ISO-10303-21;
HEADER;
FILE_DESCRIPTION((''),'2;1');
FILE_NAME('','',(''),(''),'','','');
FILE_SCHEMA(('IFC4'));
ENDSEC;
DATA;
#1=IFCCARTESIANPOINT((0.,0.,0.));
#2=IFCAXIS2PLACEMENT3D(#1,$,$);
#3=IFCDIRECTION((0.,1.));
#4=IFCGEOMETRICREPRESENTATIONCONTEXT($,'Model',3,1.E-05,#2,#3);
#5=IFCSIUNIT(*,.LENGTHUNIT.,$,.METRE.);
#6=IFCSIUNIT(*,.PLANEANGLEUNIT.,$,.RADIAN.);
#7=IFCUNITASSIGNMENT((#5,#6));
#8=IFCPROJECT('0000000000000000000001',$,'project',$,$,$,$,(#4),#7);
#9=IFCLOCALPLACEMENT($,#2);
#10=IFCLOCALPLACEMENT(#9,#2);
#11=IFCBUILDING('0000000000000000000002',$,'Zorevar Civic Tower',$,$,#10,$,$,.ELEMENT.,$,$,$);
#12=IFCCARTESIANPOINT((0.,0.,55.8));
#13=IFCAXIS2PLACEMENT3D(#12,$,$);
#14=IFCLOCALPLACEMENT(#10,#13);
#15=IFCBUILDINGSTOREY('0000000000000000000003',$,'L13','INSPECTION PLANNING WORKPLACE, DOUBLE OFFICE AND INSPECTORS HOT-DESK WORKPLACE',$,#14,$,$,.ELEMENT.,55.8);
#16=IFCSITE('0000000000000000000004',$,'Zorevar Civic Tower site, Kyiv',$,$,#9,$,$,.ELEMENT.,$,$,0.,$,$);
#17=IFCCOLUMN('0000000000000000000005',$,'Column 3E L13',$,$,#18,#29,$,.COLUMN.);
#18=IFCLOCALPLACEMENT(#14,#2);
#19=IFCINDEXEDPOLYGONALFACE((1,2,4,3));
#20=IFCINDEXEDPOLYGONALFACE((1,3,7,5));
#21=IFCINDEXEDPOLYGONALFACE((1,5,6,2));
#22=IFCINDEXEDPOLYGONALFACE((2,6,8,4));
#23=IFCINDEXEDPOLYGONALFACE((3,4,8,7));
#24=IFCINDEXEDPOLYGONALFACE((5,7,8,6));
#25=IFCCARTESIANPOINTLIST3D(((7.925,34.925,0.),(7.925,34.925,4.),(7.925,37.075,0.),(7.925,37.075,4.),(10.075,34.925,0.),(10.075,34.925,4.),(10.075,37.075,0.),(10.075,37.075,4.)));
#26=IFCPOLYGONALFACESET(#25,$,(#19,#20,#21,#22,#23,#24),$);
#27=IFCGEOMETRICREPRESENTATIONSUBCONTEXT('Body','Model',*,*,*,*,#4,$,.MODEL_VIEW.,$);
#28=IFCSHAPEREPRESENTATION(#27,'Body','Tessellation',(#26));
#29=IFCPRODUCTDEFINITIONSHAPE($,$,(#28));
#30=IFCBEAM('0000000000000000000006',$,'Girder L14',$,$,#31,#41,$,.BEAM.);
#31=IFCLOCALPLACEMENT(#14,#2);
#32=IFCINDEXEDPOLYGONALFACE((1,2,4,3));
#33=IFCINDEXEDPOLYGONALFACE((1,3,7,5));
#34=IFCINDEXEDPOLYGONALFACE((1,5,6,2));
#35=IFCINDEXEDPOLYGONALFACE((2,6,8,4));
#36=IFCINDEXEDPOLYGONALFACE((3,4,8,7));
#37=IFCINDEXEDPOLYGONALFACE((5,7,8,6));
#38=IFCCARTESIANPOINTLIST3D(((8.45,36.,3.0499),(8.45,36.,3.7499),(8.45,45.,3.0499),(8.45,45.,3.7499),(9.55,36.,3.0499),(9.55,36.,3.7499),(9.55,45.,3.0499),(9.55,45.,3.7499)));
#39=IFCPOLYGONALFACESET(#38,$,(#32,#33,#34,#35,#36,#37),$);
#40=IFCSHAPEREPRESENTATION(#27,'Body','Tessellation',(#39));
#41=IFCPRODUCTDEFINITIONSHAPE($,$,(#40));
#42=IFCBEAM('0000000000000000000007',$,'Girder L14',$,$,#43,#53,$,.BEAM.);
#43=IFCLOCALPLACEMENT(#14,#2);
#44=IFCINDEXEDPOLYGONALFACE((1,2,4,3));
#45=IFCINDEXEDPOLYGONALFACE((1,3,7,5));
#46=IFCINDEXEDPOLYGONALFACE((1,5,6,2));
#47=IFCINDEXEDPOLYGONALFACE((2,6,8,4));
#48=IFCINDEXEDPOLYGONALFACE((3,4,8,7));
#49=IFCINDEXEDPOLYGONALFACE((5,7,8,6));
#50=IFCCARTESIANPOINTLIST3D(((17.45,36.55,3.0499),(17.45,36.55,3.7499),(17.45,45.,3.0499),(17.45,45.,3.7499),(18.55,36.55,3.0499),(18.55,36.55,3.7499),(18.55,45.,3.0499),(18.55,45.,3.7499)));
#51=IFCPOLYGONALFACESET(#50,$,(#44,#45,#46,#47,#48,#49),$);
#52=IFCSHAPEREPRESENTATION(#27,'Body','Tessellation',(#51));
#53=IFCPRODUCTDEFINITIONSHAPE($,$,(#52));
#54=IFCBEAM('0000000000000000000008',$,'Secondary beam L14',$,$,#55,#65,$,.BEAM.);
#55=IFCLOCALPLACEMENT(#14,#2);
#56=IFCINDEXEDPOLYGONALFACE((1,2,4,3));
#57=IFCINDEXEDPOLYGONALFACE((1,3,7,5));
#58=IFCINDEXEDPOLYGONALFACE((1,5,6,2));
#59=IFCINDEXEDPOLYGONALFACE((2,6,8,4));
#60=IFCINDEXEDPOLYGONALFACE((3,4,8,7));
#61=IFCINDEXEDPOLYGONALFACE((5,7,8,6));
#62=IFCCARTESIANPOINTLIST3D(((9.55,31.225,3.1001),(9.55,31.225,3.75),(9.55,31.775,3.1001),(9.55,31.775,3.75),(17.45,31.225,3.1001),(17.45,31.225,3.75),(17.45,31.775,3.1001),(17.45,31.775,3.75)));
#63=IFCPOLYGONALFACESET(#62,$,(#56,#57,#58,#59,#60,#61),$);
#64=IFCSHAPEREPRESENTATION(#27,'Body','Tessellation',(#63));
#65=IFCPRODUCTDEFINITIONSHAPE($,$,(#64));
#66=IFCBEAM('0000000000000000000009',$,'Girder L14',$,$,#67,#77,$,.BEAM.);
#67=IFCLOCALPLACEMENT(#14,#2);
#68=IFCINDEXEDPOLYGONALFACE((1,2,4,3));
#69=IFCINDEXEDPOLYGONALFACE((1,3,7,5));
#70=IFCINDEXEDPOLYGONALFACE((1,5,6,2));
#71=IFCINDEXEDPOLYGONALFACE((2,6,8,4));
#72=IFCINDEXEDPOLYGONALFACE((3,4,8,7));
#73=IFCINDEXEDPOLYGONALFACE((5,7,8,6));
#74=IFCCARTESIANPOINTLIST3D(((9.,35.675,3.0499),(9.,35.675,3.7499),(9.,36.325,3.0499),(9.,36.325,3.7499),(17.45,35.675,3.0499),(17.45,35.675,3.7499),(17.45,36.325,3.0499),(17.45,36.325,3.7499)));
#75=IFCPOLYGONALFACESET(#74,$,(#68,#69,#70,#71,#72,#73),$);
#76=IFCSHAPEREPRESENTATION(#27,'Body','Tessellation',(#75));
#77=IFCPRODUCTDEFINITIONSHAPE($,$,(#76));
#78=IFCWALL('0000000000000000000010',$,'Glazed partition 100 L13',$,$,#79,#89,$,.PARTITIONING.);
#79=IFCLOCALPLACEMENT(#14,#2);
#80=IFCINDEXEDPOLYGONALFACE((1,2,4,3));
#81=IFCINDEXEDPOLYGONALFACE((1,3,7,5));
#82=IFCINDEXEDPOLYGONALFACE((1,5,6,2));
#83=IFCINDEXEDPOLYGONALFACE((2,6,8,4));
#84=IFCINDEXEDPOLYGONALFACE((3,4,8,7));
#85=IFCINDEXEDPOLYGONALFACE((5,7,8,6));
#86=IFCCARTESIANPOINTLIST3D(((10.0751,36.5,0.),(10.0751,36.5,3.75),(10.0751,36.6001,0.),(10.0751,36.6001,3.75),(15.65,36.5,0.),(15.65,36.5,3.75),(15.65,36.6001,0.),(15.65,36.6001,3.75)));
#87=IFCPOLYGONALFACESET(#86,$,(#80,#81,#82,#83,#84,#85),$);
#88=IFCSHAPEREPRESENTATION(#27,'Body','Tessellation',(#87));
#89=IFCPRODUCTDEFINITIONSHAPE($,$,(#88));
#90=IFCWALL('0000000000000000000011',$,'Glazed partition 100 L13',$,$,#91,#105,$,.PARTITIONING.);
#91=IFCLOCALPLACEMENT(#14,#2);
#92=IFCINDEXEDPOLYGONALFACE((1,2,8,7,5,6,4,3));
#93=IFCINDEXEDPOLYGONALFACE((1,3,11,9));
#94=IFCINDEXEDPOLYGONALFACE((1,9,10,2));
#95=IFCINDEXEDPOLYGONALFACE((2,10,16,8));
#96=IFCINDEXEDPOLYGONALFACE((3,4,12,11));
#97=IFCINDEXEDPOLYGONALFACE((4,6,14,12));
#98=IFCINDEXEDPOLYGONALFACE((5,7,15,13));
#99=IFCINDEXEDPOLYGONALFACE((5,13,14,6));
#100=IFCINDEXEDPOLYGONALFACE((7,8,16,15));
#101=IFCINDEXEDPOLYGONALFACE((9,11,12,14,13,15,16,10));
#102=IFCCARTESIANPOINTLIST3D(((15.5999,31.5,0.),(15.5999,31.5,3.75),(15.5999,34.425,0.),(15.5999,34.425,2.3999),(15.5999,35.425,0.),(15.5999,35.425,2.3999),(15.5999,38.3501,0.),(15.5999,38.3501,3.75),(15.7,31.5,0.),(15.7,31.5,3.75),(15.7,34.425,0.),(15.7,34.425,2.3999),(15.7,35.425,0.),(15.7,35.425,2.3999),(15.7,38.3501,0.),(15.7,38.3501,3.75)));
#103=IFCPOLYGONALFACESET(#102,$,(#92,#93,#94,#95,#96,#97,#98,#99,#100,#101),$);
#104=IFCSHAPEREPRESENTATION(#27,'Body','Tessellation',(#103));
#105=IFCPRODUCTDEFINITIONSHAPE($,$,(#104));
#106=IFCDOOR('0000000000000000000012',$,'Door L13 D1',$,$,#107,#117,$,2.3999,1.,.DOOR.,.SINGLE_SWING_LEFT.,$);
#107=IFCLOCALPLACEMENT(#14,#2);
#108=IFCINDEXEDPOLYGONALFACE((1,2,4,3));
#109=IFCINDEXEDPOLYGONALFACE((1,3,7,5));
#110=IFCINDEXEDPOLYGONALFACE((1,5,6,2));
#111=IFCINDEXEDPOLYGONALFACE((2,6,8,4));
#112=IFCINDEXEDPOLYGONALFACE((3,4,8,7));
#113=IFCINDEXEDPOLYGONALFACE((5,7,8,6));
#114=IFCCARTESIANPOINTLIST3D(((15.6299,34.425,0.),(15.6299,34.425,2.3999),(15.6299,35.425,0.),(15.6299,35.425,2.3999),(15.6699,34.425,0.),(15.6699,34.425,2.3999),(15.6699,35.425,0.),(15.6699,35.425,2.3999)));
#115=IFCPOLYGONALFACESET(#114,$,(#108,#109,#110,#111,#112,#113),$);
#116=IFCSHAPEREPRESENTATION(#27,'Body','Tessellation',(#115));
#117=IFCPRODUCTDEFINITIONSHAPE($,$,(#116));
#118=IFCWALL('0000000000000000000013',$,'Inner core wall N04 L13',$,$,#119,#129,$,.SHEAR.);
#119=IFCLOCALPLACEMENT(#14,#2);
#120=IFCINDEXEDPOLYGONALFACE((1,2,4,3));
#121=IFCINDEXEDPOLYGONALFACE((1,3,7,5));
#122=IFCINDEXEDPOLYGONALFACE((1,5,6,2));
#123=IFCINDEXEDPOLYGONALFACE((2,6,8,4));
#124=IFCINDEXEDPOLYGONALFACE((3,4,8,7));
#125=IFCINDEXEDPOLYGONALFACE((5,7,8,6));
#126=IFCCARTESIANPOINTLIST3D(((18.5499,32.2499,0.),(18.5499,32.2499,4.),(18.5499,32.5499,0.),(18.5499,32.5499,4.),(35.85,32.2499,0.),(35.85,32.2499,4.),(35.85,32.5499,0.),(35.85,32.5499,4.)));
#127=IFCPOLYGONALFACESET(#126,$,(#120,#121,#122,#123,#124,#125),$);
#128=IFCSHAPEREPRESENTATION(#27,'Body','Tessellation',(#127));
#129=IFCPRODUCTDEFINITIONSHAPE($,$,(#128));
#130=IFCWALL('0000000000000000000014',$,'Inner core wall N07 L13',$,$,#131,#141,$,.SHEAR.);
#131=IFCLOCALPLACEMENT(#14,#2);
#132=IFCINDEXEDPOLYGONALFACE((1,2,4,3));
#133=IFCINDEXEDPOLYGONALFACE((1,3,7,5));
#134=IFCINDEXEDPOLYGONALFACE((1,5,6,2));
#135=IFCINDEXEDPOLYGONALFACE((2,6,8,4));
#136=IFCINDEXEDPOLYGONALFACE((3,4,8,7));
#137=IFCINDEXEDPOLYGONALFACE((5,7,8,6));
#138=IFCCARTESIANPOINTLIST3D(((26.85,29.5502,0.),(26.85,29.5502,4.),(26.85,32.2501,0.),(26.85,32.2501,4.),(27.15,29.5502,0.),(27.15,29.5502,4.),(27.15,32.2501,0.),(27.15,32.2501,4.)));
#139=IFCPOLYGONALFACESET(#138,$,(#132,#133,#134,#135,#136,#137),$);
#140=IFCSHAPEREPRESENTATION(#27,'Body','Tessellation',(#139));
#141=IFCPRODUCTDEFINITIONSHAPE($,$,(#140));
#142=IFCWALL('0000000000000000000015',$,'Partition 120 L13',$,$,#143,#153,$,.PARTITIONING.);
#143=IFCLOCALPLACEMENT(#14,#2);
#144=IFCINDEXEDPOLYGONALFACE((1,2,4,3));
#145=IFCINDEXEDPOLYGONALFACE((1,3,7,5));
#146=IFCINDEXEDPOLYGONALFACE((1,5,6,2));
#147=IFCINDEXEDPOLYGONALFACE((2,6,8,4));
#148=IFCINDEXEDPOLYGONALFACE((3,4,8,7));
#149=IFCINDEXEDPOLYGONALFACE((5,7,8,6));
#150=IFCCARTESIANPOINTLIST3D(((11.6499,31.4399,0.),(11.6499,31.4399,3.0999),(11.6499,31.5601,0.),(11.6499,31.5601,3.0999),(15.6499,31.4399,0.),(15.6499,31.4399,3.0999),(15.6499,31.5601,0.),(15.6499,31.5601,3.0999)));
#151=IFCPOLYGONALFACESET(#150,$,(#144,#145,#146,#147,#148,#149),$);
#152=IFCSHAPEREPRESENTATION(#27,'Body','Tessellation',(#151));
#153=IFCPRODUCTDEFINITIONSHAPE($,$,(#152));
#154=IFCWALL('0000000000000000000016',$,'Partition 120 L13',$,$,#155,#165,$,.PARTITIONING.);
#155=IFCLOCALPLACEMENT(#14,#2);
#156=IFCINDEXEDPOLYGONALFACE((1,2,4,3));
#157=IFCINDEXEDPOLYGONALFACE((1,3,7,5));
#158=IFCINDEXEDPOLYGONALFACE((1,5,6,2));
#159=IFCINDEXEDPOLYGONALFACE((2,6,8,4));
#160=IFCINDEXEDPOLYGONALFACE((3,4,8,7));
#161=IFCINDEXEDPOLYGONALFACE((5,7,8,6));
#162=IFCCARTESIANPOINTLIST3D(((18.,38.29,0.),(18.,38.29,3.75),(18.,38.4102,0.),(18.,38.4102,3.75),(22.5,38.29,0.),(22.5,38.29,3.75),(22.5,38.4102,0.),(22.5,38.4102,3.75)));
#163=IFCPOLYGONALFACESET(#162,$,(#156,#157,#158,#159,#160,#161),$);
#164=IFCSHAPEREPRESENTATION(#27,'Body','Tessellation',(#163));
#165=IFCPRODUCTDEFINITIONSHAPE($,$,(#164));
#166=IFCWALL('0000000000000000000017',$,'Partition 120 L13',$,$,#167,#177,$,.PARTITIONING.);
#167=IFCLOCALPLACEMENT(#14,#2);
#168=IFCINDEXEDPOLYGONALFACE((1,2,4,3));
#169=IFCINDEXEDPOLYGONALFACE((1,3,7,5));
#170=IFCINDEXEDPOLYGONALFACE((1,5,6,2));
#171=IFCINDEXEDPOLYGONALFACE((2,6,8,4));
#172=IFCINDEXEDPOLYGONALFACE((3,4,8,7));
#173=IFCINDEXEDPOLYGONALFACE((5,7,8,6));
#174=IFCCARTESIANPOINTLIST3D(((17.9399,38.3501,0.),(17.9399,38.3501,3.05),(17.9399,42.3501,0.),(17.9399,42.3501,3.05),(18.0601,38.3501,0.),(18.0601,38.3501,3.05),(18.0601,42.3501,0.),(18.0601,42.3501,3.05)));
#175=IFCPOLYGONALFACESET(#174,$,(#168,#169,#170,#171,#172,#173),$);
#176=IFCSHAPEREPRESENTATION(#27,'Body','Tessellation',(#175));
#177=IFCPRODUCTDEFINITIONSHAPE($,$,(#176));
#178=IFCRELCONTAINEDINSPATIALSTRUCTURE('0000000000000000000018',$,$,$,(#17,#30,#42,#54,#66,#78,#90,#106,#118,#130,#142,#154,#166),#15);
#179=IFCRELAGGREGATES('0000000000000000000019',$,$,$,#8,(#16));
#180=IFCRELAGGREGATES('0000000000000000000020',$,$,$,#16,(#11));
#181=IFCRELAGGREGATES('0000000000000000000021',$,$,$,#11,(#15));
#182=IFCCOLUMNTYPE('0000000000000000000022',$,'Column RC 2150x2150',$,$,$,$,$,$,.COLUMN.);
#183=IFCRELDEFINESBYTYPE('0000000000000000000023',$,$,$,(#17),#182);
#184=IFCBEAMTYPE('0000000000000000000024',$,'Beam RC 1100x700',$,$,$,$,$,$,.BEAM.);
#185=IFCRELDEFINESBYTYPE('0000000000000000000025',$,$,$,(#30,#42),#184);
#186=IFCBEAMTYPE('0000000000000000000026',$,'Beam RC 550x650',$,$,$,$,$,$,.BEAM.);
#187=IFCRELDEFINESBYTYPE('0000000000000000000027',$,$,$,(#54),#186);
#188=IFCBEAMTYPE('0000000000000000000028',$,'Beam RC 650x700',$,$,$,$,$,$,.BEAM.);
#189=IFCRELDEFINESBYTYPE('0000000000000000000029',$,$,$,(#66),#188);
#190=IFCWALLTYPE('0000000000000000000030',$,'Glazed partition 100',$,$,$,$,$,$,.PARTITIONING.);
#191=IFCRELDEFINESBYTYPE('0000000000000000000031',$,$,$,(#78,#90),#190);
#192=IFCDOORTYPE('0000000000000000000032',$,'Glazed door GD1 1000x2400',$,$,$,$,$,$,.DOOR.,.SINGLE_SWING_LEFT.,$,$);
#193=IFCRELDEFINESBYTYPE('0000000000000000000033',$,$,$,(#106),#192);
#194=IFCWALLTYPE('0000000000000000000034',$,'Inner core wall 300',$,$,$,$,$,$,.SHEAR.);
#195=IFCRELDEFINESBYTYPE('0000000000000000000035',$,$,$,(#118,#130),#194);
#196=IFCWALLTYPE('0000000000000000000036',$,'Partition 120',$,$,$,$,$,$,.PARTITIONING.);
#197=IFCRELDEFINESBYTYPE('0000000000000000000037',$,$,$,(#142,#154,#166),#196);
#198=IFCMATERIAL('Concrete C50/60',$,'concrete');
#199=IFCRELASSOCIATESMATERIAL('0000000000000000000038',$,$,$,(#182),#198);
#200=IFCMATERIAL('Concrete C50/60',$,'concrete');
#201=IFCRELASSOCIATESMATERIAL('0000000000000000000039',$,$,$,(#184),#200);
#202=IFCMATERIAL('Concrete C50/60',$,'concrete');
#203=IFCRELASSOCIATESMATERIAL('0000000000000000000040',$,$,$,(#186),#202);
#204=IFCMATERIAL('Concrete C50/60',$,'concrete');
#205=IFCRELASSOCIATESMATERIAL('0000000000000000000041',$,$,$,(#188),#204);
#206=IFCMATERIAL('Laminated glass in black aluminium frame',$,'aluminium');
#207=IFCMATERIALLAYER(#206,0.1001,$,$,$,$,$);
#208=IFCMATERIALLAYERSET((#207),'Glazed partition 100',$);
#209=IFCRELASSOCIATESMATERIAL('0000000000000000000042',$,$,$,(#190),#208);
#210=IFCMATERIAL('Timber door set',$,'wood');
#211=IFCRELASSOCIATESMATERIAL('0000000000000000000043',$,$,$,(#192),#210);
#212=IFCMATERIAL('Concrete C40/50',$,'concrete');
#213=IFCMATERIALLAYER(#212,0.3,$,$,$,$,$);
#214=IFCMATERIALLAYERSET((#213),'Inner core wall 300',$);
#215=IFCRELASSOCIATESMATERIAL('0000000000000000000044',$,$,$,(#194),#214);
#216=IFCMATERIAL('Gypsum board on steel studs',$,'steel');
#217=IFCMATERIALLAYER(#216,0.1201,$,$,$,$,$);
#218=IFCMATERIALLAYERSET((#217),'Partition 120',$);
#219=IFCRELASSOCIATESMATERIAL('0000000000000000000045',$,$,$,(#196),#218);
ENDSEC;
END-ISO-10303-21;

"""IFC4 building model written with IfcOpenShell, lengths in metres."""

from ifc_helpers import new_model, si_unit, direction, frame, frame_2d, origin, origin_2d, place, context, subcontext, project, spatial, rectangle, extrude, material, layer, layer_set, material_profile, profile_set, type_object, element, fill, save


model = new_model("IFC4")

# Units and contexts
model_context = context("Model", 3, precision=1e-05, world=origin(), true_north=direction((0.0, 1.0)))
body_context = subcontext(model_context, "Body", "Model", "MODEL_VIEW")
ifc_project = project(units=[si_unit("LENGTHUNIT", "METRE"), si_unit("PLANEANGLEUNIT", "RADIAN")], contexts=[model_context])

# Site, building, storey
site_placement = place(None, origin())
site = spatial("IfcSite", under=ifc_project, at=site_placement, Name="Zorevar Civic Tower site, Kyiv", CompositionType="ELEMENT", RefElevation=0.0)
building_placement = place(site_placement, origin())
building = spatial("IfcBuilding", under=site, at=building_placement, Name="Zorevar Civic Tower", CompositionType="ELEMENT")
storey_placement = place(building_placement, frame((0.0, 0.0, 55.8)))
storey = spatial("IfcBuildingStorey", under=building, at=storey_placement, Name="L13", Description="INSPECTION PLANNING WORKPLACE, DOUBLE OFFICE AND INSPECTORS HOT-DESK WORKPLACE", CompositionType="ELEMENT", Elevation=55.8)

# Column
ifc_material_1 = material(Name="Concrete C50/60", Category="concrete")
ifc_material_profile_1 = material_profile(ifc_material_1, rectangle(XDim=2.1499, YDim=2.1499, at=origin_2d()), Name="RC 2150x2150")
ifc_profile_set_1 = profile_set([ifc_material_profile_1], Name="Concrete C50/60")
column_type = type_object("IfcColumnType", Name="Column RC 2150x2150", PredefinedType="COLUMN", material=ifc_profile_set_1)
column_placement = place(storey_placement, frame((9.0, 36.0, 0.0), z_axis=(0.0, 0.0, 1.0), x_axis=(1.0, 0.0, 0.0)))
element("IfcColumn", 1, at=column_placement, inside=storey, type_object=column_type, Name="Column 3E L13", PredefinedType="COLUMN", context=body_context, shape_type="SweptSolid", body=[
    extrude(rectangle(XDim=2.1499, YDim=2.1499, at=origin_2d()), origin(), (0.0, 0.0, 1.0), 4.0),
])

# Beams
ifc_material_2 = material(Name="Concrete C50/60", Category="concrete")
ifc_material_profile_2 = material_profile(ifc_material_2, rectangle(XDim=1.1001, YDim=0.7, at=origin_2d()), Name="RC 1100x700")
ifc_profile_set_2 = profile_set([ifc_material_profile_2], Name="Concrete C50/60")
beam_type_1 = type_object("IfcBeamType", Name="Beam RC 1100x700", PredefinedType="BEAM", material=ifc_profile_set_2)
beam_1_placement = place(storey_placement, frame((9.0, 36.0, 3.3999), z_axis=(0.0, 1.0, 0.0), x_axis=(-1.0, 0.0, 0.0)))
element("IfcBeam", 2, at=beam_1_placement, inside=storey, type_object=beam_type_1, Name="Girder L14", PredefinedType="BEAM", context=body_context, shape_type="SweptSolid", body=[
    extrude(rectangle(XDim=1.1001, YDim=0.7, at=origin_2d()), origin(), (0.0, 0.0, 1.0), 9.0),
])
beam_2_placement = place(storey_placement, frame((18.0, 36.55, 3.3999), z_axis=(0.0, 1.0, 0.0), x_axis=(-1.0, 0.0, 0.0)))
element("IfcBeam", 3, at=beam_2_placement, inside=storey, type_object=beam_type_1, Name="Girder L14", PredefinedType="BEAM", context=body_context, shape_type="SweptSolid", body=[
    extrude(rectangle(XDim=1.1001, YDim=0.7, at=origin_2d()), origin(), (0.0, 0.0, 1.0), 8.45),
])
ifc_material_3 = material(Name="Concrete C50/60", Category="concrete")
ifc_material_profile_3 = material_profile(ifc_material_3, rectangle(XDim=0.55, YDim=0.6499, at=origin_2d()), Name="RC 550x650")
ifc_profile_set_3 = profile_set([ifc_material_profile_3], Name="Concrete C50/60")
beam_type_2 = type_object("IfcBeamType", Name="Beam RC 550x650", PredefinedType="BEAM", material=ifc_profile_set_3)
beam_3_placement = place(storey_placement, frame((9.55, 31.5, 3.425), z_axis=(1.0, 0.0, 0.0), x_axis=(0.0, 1.0, 0.0)))
element("IfcBeam", 4, at=beam_3_placement, inside=storey, type_object=beam_type_2, Name="Secondary beam L14", PredefinedType="BEAM", context=body_context, shape_type="SweptSolid", body=[
    extrude(rectangle(XDim=0.55, YDim=0.6499, at=origin_2d()), origin(), (0.0, 0.0, 1.0), 7.8999),
])
ifc_material_4 = material(Name="Concrete C50/60", Category="concrete")
ifc_material_profile_4 = material_profile(ifc_material_4, rectangle(XDim=0.6499, YDim=0.7, at=origin_2d()), Name="RC 650x700")
ifc_profile_set_4 = profile_set([ifc_material_profile_4], Name="Concrete C50/60")
beam_type_3 = type_object("IfcBeamType", Name="Beam RC 650x700", PredefinedType="BEAM", material=ifc_profile_set_4)
beam_4_placement = place(storey_placement, frame((9.0, 36.0, 3.3999), z_axis=(1.0, 0.0, 0.0), x_axis=(0.0, 1.0, 0.0)))
element("IfcBeam", 5, at=beam_4_placement, inside=storey, type_object=beam_type_3, Name="Girder L14", PredefinedType="BEAM", context=body_context, shape_type="SweptSolid", body=[
    extrude(rectangle(XDim=0.6499, YDim=0.7, at=origin_2d()), origin(), (0.0, 0.0, 1.0), 8.45),
])

# Wall
ifc_material_5 = material(Name="Laminated glass in black aluminium frame", Category="aluminium")
ifc_layer_1 = layer(ifc_material_5, 0.1001)
ifc_layer_set_1 = layer_set([ifc_layer_1], Name="Glazed partition 100")
wall_type_1 = type_object("IfcWallType", Name="Glazed partition 100", PredefinedType="PARTITIONING", material=ifc_layer_set_1)
wall_1_placement = place(storey_placement, frame((10.075, 36.55, 0.0), z_axis=(0.0, 0.0, 1.0), x_axis=(1.0, 0.0, 0.0)))
element("IfcWall", 6, at=wall_1_placement, inside=storey, type_object=wall_type_1, Name="Glazed partition 100 L13", PredefinedType="PARTITIONING", context=body_context, shape_type="SweptSolid", body=[
    extrude(rectangle(XDim=5.575, YDim=0.1001, at=frame_2d((2.7876, 0.0))), origin(), (0.0, 0.0, 1.0), 3.75),
])

# Wall, opening, door
ifc_material_6 = material(Name="Timber door set", Category="wood")
door_type_1 = type_object("IfcDoorType", Name="Glazed door GD1 1000x2400", OperationType="SINGLE_SWING_LEFT", PredefinedType="DOOR", material=ifc_material_6)
wall_2_placement = place(storey_placement, frame((15.6499, 31.5, 0.0), z_axis=(0.0, 0.0, 1.0), x_axis=(0.0, 1.0, 0.0)))
wall_2 = element("IfcWall", 7, at=wall_2_placement, inside=storey, type_object=wall_type_1, Name="Glazed partition 100 L13", PredefinedType="PARTITIONING", context=body_context, shape_type="SweptSolid", body=[
    extrude(rectangle(XDim=6.8501, YDim=0.1001, at=frame_2d((3.425, 0.0))), origin(), (0.0, 0.0, 1.0), 3.75),
])
opening_1_placement = place(wall_2_placement, frame((2.925, 0.0, 0.0)))
opening_1 = element("IfcOpeningElement", 8, at=opening_1_placement, cuts=wall_2, PredefinedType="OPENING", context=body_context, shape_type="SweptSolid", body=[
    extrude(rectangle(XDim=1.0, YDim=2.3999, at=frame_2d((0.5, 1.2))), frame((0.0, 0.0601, 0.0), z_axis=(0.0, -1.0, 0.0), x_axis=(1.0, 0.0, 0.0)), (0.0, 0.0, 1.0), 0.1201),
])
door_1_placement = place(opening_1_placement, origin())
door_1 = element("IfcDoor", 9, at=door_1_placement, inside=storey, type_object=door_type_1, Name="Door L13 D1", OperationType="SINGLE_SWING_LEFT", OverallHeight=2.3999, OverallWidth=1.0, PredefinedType="DOOR", context=body_context, shape_type="SweptSolid", body=[
    extrude(rectangle(XDim=1.0, YDim=2.3999, at=frame_2d((0.5, 1.2))), frame((0.0, 0.02, 0.0), z_axis=(0.0, -1.0, 0.0), x_axis=(1.0, 0.0, 0.0)), (0.0, 0.0, 1.0), 0.04),
])
fill(opening_1, door_1)

# Walls
ifc_material_7 = material(Name="Concrete C40/50", Category="concrete")
ifc_layer_2 = layer(ifc_material_7, 0.3)
ifc_layer_set_2 = layer_set([ifc_layer_2], Name="Inner core wall 300")
wall_type_2 = type_object("IfcWallType", Name="Inner core wall 300", PredefinedType="SHEAR", material=ifc_layer_set_2)
wall_3_placement = place(storey_placement, frame((18.55, 32.3999, 0.0), z_axis=(0.0, 0.0, 1.0), x_axis=(1.0, 0.0, 0.0)))
element("IfcWall", 10, at=wall_3_placement, inside=storey, type_object=wall_type_2, Name="Inner core wall N04 L13", PredefinedType="SHEAR", context=body_context, shape_type="SweptSolid", body=[
    extrude(rectangle(XDim=17.3, YDim=0.3, at=frame_2d((8.6499, 0.0))), origin(), (0.0, 0.0, 1.0), 4.0),
])
wall_4_placement = place(storey_placement, frame((27.0, 29.55, 0.0), z_axis=(0.0, 0.0, 1.0), x_axis=(0.0, 1.0, 0.0)))
element("IfcWall", 11, at=wall_4_placement, inside=storey, type_object=wall_type_2, Name="Inner core wall N07 L13", PredefinedType="SHEAR", context=body_context, shape_type="SweptSolid", body=[
    extrude(rectangle(XDim=2.7, YDim=0.3, at=frame_2d((1.3501, 0.0))), origin(), (0.0, 0.0, 1.0), 4.0),
])
ifc_material_8 = material(Name="Gypsum board on steel studs", Category="steel")
ifc_layer_3 = layer(ifc_material_8, 0.1201)
ifc_layer_set_3 = layer_set([ifc_layer_3], Name="Partition 120")
wall_type_3 = type_object("IfcWallType", Name="Partition 120", PredefinedType="PARTITIONING", material=ifc_layer_set_3)
wall_5_placement = place(storey_placement, frame((11.6499, 31.5, 0.0), z_axis=(0.0, 0.0, 1.0), x_axis=(1.0, 0.0, 0.0)))
element("IfcWall", 12, at=wall_5_placement, inside=storey, type_object=wall_type_3, Name="Partition 120 L13", PredefinedType="PARTITIONING", context=body_context, shape_type="SweptSolid", body=[
    extrude(rectangle(XDim=4.0, YDim=0.1201, at=frame_2d((2.0, 0.0))), origin(), (0.0, 0.0, 1.0), 3.0999),
])
wall_6_placement = place(storey_placement, frame((18.0, 38.3501, 0.0), z_axis=(0.0, 0.0, 1.0), x_axis=(1.0, 0.0, 0.0)))
element("IfcWall", 13, at=wall_6_placement, inside=storey, type_object=wall_type_3, Name="Partition 120 L13", PredefinedType="PARTITIONING", context=body_context, shape_type="SweptSolid", body=[
    extrude(rectangle(XDim=4.5, YDim=0.1201, at=frame_2d((2.25, 0.0))), origin(), (0.0, 0.0, 1.0), 3.75),
])
wall_7_placement = place(storey_placement, frame((18.0, 38.3501, 0.0), z_axis=(0.0, 0.0, 1.0), x_axis=(0.0, 1.0, 0.0)))
element("IfcWall", 14, at=wall_7_placement, inside=storey, type_object=wall_type_3, Name="Partition 120 L13", PredefinedType="PARTITIONING", context=body_context, shape_type="SweptSolid", body=[
    extrude(rectangle(XDim=4.0, YDim=0.1201, at=frame_2d((2.0, 0.0))), origin(), (0.0, 0.0, 1.0), 3.05),
])

save(model, "model.ifc")
